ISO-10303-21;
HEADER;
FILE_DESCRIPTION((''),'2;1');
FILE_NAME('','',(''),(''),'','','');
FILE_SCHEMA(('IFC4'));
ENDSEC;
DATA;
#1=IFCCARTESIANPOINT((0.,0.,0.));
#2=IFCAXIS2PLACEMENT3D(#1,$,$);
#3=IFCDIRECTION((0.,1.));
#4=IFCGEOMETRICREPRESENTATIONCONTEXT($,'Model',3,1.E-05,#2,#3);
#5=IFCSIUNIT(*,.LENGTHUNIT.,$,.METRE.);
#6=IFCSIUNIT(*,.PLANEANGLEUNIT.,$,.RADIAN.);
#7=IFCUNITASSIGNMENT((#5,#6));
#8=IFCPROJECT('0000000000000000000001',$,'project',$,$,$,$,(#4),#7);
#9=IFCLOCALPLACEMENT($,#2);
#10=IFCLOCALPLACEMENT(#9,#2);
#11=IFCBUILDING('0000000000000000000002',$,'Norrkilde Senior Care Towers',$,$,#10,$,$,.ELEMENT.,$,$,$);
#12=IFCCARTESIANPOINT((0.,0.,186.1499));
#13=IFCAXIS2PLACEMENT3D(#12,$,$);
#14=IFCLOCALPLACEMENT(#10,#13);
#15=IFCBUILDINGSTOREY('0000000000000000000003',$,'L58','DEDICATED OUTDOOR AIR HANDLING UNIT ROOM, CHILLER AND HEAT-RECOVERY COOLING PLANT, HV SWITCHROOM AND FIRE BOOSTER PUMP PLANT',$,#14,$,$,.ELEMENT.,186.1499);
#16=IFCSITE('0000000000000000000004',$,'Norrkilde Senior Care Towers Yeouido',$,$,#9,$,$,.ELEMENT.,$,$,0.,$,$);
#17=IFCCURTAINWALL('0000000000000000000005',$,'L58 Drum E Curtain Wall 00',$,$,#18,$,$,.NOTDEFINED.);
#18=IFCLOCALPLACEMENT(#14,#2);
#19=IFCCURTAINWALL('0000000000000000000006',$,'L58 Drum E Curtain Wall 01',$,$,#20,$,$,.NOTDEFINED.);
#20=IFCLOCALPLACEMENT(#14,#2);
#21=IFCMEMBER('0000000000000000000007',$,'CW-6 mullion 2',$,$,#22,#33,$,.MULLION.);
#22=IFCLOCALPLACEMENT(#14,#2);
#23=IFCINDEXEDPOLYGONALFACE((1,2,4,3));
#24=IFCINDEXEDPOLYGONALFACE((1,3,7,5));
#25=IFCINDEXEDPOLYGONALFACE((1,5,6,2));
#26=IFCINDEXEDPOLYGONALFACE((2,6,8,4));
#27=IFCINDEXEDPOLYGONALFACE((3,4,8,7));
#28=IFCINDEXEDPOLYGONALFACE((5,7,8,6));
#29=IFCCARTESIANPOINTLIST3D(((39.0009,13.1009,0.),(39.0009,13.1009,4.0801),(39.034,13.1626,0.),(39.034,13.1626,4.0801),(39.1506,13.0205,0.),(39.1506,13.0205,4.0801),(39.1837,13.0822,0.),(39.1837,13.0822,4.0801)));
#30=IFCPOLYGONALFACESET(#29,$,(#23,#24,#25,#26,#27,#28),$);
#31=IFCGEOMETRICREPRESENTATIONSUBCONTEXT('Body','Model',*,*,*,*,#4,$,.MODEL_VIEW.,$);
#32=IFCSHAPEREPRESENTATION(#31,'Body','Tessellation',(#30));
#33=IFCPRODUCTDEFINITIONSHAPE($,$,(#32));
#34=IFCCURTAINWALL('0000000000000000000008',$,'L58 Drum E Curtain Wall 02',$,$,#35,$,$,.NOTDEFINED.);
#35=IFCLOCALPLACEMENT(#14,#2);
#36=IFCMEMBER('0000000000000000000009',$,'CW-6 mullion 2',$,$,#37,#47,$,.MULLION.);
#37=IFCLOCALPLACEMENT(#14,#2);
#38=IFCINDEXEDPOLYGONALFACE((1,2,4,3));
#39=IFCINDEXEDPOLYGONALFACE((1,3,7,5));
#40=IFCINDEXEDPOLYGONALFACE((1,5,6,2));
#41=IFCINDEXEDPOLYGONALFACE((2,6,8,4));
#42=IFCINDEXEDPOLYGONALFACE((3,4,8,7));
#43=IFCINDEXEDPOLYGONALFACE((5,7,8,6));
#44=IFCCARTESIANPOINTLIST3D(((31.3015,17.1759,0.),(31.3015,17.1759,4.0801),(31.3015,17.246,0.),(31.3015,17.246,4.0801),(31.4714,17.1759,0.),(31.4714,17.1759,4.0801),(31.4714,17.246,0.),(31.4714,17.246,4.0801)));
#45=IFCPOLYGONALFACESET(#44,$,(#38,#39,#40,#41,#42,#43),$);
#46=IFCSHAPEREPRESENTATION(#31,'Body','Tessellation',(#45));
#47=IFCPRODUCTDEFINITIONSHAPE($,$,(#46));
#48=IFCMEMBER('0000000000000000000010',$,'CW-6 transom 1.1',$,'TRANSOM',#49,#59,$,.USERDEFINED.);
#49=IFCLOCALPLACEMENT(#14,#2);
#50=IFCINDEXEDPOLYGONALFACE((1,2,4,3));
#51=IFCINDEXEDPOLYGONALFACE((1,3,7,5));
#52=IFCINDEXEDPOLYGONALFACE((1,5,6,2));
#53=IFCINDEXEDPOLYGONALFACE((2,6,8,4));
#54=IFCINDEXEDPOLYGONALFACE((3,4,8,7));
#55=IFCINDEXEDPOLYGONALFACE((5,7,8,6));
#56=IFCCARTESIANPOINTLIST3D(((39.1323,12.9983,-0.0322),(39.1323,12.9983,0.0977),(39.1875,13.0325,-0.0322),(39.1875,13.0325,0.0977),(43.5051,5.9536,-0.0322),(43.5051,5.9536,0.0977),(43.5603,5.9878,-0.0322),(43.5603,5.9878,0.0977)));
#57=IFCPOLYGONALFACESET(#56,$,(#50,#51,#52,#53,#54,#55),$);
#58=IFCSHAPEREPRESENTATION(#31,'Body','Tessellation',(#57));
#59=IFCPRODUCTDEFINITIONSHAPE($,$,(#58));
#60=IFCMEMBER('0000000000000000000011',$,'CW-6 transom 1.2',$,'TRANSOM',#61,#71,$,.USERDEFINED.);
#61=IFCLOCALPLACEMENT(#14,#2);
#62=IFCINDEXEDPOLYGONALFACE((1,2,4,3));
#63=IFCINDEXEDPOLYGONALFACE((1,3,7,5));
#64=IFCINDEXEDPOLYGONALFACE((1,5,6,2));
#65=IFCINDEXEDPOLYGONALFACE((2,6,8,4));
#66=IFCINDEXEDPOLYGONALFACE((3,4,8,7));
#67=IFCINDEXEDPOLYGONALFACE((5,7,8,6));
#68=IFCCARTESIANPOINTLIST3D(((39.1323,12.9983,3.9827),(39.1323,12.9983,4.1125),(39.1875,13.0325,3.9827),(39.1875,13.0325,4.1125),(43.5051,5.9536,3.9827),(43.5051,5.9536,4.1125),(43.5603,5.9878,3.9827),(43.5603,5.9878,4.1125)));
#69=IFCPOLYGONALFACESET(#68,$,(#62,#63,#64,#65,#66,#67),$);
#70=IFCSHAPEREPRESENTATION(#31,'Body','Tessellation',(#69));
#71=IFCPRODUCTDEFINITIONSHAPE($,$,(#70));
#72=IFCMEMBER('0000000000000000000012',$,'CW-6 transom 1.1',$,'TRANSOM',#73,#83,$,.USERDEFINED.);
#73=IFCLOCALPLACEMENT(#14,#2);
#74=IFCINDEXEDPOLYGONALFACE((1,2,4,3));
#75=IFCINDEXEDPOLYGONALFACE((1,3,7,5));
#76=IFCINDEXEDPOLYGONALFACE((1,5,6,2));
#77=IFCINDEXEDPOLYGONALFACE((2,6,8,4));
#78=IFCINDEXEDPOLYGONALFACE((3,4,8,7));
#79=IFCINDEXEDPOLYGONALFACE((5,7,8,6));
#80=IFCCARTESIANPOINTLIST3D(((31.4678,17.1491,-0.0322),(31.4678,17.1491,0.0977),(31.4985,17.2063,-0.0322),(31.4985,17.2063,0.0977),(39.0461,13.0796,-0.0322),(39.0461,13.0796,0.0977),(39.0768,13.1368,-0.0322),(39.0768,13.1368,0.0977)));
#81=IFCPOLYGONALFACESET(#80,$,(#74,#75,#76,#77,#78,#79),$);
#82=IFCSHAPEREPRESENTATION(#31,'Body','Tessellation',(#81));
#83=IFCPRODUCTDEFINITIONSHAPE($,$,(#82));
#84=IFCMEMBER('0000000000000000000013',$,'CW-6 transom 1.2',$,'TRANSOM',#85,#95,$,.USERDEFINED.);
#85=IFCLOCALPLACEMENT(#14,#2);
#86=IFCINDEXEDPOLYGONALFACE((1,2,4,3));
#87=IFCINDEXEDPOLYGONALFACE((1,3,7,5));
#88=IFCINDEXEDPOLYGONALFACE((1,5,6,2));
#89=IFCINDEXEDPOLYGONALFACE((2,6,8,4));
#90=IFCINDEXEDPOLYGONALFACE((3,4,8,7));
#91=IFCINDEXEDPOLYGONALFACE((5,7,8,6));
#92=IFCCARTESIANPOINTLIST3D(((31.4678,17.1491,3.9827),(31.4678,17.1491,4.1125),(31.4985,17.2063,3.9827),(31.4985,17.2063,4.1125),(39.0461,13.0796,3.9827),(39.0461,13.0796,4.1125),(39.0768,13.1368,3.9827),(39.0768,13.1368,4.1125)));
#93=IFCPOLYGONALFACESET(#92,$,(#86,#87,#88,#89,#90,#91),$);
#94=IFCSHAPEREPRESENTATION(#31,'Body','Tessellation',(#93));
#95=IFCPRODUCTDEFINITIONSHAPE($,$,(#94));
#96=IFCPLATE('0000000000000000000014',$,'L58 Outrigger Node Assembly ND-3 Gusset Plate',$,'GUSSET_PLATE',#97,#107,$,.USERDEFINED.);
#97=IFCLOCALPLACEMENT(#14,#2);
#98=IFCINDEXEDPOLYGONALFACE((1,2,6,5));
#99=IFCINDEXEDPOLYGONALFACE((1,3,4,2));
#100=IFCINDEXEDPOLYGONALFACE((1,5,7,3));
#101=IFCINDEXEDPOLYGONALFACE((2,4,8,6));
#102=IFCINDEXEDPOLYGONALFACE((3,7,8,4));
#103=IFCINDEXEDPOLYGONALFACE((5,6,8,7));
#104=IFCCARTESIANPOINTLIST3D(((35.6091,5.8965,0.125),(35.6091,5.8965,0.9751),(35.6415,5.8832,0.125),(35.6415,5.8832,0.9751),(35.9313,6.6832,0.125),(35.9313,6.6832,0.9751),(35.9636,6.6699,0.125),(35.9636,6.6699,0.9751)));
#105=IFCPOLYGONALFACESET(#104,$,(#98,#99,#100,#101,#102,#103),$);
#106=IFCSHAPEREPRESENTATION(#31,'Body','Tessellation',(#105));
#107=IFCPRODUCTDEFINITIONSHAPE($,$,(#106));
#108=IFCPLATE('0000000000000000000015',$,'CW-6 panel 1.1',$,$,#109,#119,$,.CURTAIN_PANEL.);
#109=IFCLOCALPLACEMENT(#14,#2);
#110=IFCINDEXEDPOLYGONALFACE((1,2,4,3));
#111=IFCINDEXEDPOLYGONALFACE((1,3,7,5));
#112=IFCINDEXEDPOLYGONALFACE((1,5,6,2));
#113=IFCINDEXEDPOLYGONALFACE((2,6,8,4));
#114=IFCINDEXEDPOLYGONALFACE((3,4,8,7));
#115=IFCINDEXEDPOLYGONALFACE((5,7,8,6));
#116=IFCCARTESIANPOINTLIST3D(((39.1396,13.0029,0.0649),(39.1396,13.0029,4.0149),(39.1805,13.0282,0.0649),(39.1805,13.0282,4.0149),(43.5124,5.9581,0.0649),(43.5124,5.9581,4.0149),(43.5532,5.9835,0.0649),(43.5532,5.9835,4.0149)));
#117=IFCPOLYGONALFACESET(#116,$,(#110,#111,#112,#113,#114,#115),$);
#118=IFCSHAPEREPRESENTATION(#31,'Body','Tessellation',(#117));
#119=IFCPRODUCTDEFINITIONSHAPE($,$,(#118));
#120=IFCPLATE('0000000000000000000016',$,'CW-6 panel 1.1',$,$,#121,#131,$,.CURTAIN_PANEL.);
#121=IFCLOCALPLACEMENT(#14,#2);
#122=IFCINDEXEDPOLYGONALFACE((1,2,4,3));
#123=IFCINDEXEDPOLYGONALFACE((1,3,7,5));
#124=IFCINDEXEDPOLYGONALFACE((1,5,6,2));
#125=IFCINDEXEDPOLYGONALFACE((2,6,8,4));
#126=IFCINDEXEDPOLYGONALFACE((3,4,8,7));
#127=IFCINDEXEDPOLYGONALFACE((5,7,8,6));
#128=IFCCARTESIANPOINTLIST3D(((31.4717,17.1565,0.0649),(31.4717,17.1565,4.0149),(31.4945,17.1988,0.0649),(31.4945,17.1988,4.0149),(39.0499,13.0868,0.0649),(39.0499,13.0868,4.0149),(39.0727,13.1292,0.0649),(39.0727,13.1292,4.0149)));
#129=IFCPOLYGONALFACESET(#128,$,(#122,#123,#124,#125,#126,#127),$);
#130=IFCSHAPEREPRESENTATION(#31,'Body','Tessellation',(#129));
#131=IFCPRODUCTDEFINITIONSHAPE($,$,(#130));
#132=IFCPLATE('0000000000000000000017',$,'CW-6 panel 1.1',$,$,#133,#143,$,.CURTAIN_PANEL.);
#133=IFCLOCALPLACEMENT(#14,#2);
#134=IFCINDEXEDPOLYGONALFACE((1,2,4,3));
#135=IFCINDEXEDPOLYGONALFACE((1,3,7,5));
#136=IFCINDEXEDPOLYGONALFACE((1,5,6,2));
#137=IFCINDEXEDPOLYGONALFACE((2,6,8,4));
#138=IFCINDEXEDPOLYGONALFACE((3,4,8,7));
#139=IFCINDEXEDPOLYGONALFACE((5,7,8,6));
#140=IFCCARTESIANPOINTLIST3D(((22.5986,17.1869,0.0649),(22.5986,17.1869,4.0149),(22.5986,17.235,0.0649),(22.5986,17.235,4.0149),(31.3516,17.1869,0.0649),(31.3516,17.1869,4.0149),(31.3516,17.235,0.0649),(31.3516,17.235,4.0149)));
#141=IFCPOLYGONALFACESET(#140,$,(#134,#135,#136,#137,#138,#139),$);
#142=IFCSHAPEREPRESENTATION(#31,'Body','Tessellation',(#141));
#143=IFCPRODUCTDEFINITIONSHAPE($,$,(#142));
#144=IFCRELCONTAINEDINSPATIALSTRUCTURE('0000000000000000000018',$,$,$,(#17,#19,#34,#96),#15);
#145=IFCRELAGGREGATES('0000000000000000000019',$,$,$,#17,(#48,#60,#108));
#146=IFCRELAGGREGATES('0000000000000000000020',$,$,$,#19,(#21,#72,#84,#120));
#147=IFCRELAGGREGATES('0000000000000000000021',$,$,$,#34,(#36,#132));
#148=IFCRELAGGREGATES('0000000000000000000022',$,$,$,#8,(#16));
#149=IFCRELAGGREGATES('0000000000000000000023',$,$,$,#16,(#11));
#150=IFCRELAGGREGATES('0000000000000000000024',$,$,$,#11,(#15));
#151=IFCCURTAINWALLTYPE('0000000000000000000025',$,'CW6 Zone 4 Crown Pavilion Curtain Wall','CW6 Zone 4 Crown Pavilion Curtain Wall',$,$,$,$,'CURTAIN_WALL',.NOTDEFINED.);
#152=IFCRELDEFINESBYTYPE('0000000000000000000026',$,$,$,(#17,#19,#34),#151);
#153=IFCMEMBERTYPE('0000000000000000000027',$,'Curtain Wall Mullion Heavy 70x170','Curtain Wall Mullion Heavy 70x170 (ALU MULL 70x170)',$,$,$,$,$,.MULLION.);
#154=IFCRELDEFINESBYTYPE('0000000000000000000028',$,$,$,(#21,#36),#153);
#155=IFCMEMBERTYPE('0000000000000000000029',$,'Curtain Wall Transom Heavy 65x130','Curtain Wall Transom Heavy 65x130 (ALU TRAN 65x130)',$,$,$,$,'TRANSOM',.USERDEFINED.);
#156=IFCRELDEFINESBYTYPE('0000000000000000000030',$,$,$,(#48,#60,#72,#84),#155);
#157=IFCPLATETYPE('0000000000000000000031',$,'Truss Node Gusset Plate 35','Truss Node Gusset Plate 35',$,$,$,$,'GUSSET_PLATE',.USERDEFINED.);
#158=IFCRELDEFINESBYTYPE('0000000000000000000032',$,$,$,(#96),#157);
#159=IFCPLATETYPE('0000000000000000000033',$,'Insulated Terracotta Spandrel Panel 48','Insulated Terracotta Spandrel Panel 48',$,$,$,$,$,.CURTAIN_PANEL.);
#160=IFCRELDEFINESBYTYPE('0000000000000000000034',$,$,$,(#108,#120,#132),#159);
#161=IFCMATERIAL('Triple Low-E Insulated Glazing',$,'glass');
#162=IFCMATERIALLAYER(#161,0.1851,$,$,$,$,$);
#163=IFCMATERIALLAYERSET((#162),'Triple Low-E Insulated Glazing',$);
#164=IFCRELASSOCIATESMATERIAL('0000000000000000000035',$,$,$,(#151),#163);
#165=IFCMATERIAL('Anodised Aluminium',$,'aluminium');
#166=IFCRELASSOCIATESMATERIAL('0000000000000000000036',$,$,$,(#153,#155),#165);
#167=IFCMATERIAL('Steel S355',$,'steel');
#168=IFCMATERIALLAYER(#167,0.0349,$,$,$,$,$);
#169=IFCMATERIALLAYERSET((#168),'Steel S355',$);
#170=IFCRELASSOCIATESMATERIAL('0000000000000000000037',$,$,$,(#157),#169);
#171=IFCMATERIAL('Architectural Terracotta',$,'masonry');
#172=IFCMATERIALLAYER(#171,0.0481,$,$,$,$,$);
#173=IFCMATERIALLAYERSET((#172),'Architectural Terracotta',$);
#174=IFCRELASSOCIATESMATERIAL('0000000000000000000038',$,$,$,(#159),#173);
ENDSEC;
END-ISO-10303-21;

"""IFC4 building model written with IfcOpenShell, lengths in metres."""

from ifc_helpers import new_model, si_unit, direction, frame, origin, origin_2d, place, context, subcontext, project, spatial, rectangle, extrude, source, transform, mapped, material, layer, layer_set, material_profile, profile_set, type_object, type_shapes, element, aggregate, save


model = new_model("IFC4")

# Units and contexts
model_context = context("Model", 3, precision=1e-05, world=origin(), true_north=direction((0.0, 1.0)))
body_context = subcontext(model_context, "Body", "Model", "MODEL_VIEW")
ifc_project = project(units=[si_unit("LENGTHUNIT", "METRE"), si_unit("PLANEANGLEUNIT", "RADIAN")], contexts=[model_context])

# Site, building, storey
site_placement = place(None, origin())
site = spatial("IfcSite", under=ifc_project, at=site_placement, Name="Norrkilde Senior Care Towers Yeouido", CompositionType="ELEMENT", RefElevation=0.0)
building_placement = place(site_placement, origin())
building = spatial("IfcBuilding", under=site, at=building_placement, Name="Norrkilde Senior Care Towers", CompositionType="ELEMENT")
storey_placement = place(building_placement, frame((0.0, 0.0, 186.1499)))
storey = spatial("IfcBuildingStorey", under=building, at=storey_placement, Name="L58", Description="DEDICATED OUTDOOR AIR HANDLING UNIT ROOM, CHILLER AND HEAT-RECOVERY COOLING PLANT, HV SWITCHROOM AND FIRE BOOSTER PUMP PLANT", CompositionType="ELEMENT", Elevation=186.1499)

# Shared definitions
ifc_material_1 = material(Name="Steel S355", Category="steel")

# Curtain wall
ifc_material_2 = material(Name="Triple Low-E Insulated Glazing", Category="glass")
ifc_layer_1 = layer(ifc_material_2, 0.1851)
ifc_layer_set_1 = layer_set([ifc_layer_1], Name="Triple Low-E Insulated Glazing")
curtain_wall_type = type_object("IfcCurtainWallType", Name="CW6 Zone 4 Crown Pavilion Curtain Wall", Description="CW6 Zone 4 Crown Pavilion Curtain Wall", ElementType="CURTAIN_WALL", PredefinedType="NOTDEFINED", material=ifc_layer_set_1)
curtain_wall_1_placement = place(storey_placement, origin())
curtain_wall_1 = element("IfcCurtainWall", 1, at=curtain_wall_1_placement, inside=storey, type_object=curtain_wall_type, Name="L58 Drum E Curtain Wall 00", PredefinedType="NOTDEFINED")
ifc_material_3 = material(Name="Anodised Aluminium", Category="aluminium")
ifc_material_profile_1 = material_profile(ifc_material_3, rectangle(XDim=0.0701, YDim=0.1699, at=origin_2d()), Name="ALU MULL 70x170")
ifc_profile_set_1 = profile_set([ifc_material_profile_1], Name="Anodised Aluminium")
member_type_1 = type_object("IfcMemberType", Name="Curtain Wall Mullion Heavy 70x170", Description="Curtain Wall Mullion Heavy 70x170 (ALU MULL 70x170)", PredefinedType="MULLION", material=ifc_profile_set_1)
shared_shape_1 = source(origin(), body_context, "Body", "SweptSolid", [
    extrude(rectangle(XDim=0.0701, YDim=0.1699, at=origin_2d()), origin(), (0.0, 0.0, 1.0), 4.0801),
])
type_shapes(member_type_1, [shared_shape_1])

# Curtain wall, member
curtain_wall_2_placement = place(storey_placement, origin())
curtain_wall_2 = element("IfcCurtainWall", 2, at=curtain_wall_2_placement, inside=storey, type_object=curtain_wall_type, Name="L58 Drum E Curtain Wall 01", PredefinedType="NOTDEFINED")
member_1_placement = place(storey_placement, frame((39.0923, 13.0916, 0.0), z_axis=(0.0, 0.0, 1.0), x_axis=(0.473117, 0.881, 0.0)))
member_1 = element("IfcMember", 3, at=member_1_placement, type_object=member_type_1, Name="CW-6 mullion 2", PredefinedType="MULLION", context=body_context, shape_type="MappedRepresentation", body=[
    mapped(shared_shape_1, transform((0.0, 0.0, 0.0), x_axis=(1.0, 0.0, 0.0), y_axis=(0.0, 1.0, 0.0), z_axis=(0.0, 0.0, 1.0), scale=1.0)),
])

# Curtain wall, member
curtain_wall_3_placement = place(storey_placement, origin())
curtain_wall_3 = element("IfcCurtainWall", 4, at=curtain_wall_3_placement, inside=storey, type_object=curtain_wall_type, Name="L58 Drum E Curtain Wall 02", PredefinedType="NOTDEFINED")
member_2_placement = place(storey_placement, frame((31.3865, 17.2109, 0.0), z_axis=(0.0, 0.0, 1.0), x_axis=(0.0, 1.0, 0.0)))
member_2 = element("IfcMember", 5, at=member_2_placement, type_object=member_type_1, Name="CW-6 mullion 2", PredefinedType="MULLION", context=body_context, shape_type="MappedRepresentation", body=[
    mapped(shared_shape_1, transform((0.0, 0.0, 0.0), x_axis=(1.0, 0.0, 0.0), y_axis=(0.0, 1.0, 0.0), z_axis=(0.0, 0.0, 1.0), scale=1.0)),
])

# Members
ifc_material_profile_2 = material_profile(ifc_material_3, rectangle(XDim=0.0649, YDim=0.1299, at=origin_2d()), Name="ALU TRAN 65x130")
ifc_profile_set_2 = profile_set([ifc_material_profile_2], Name="Anodised Aluminium")
member_type_2 = type_object("IfcMemberType", Name="Curtain Wall Transom Heavy 65x130", Description="Curtain Wall Transom Heavy 65x130 (ALU TRAN 65x130)", ElementType="TRANSOM", PredefinedType="USERDEFINED", material=ifc_profile_set_2)
shared_shape_2 = source(origin(), body_context, "Body", "SweptSolid", [
    extrude(rectangle(XDim=0.0649, YDim=0.1299, at=origin_2d()), origin(), (0.0, 0.0, 1.0), 8.2915),
])
member_3_placement = place(storey_placement, frame((39.1599, 13.0154, 0.0327), z_axis=(0.527384, -0.849627, 0.0), x_axis=(0.849627, 0.527384, 0.0)))
member_3 = element("IfcMember", 6, at=member_3_placement, type_object=member_type_2, Name="CW-6 transom 1.1", ObjectType="TRANSOM", PredefinedType="USERDEFINED", context=body_context, shape_type="MappedRepresentation", body=[
    mapped(shared_shape_2, transform((0.0, 0.0, 0.0), x_axis=(1.0, 0.0, 0.0), y_axis=(0.0, 1.0, 0.0), z_axis=(0.0, 0.0, 1.0), scale=1.0)),
])
member_4_placement = place(storey_placement, frame((39.1599, 13.0154, 4.0476), z_axis=(0.527384, -0.849627, 0.0), x_axis=(0.849627, 0.527384, 0.0)))
member_4 = element("IfcMember", 7, at=member_4_placement, type_object=member_type_2, Name="CW-6 transom 1.2", ObjectType="TRANSOM", PredefinedType="USERDEFINED", context=body_context, shape_type="MappedRepresentation", body=[
    mapped(shared_shape_2, transform((0.0, 0.0, 0.0), x_axis=(1.0, 0.0, 0.0), y_axis=(0.0, 1.0, 0.0), z_axis=(0.0, 0.0, 1.0), scale=1.0)),
])
shared_shape_3 = source(origin(), body_context, "Body", "SweptSolid", [
    extrude(rectangle(XDim=0.0649, YDim=0.1299, at=origin_2d()), origin(), (0.0, 0.0, 1.0), 8.6018),
])
type_shapes(member_type_2, [shared_shape_2, shared_shape_3])
member_5_placement = place(storey_placement, frame((31.4832, 17.1777, 0.0327), z_axis=(0.881008, -0.473101, 0.0), x_axis=(0.473101, 0.881008, 0.0)))
member_5 = element("IfcMember", 8, at=member_5_placement, type_object=member_type_2, Name="CW-6 transom 1.1", ObjectType="TRANSOM", PredefinedType="USERDEFINED", context=body_context, shape_type="MappedRepresentation", body=[
    mapped(shared_shape_3, transform((0.0, 0.0, 0.0), x_axis=(1.0, 0.0, 0.0), y_axis=(0.0, 1.0, 0.0), z_axis=(0.0, 0.0, 1.0), scale=1.0)),
])
member_6_placement = place(storey_placement, frame((31.4832, 17.1777, 4.0476), z_axis=(0.881008, -0.473101, 0.0), x_axis=(0.473101, 0.881008, 0.0)))
member_6 = element("IfcMember", 9, at=member_6_placement, type_object=member_type_2, Name="CW-6 transom 1.2", ObjectType="TRANSOM", PredefinedType="USERDEFINED", context=body_context, shape_type="MappedRepresentation", body=[
    mapped(shared_shape_3, transform((0.0, 0.0, 0.0), x_axis=(1.0, 0.0, 0.0), y_axis=(0.0, 1.0, 0.0), z_axis=(0.0, 0.0, 1.0), scale=1.0)),
])

# Plates
ifc_layer_2 = layer(ifc_material_1, 0.0349)
ifc_layer_set_2 = layer_set([ifc_layer_2], Name="Steel S355")
plate_type_1 = type_object("IfcPlateType", Name="Truss Node Gusset Plate 35", Description="Truss Node Gusset Plate 35", ElementType="GUSSET_PLATE", PredefinedType="USERDEFINED", material=ifc_layer_set_2)
shared_shape_4 = source(origin(), body_context, "Body", "SweptSolid", [
    extrude(rectangle(XDim=0.8501, YDim=0.0349, at=origin_2d()), origin(), (0.0, 0.0, 1.0), 0.8501),
])
type_shapes(plate_type_1, [shared_shape_4])
plate_1_placement = place(storey_placement, frame((35.7864, 6.2832, 0.125), z_axis=(0.0, 0.0, 1.0), x_axis=(0.37897, 0.925409, 0.0)))
element("IfcPlate", 10, at=plate_1_placement, inside=storey, type_object=plate_type_1, Name="L58 Outrigger Node Assembly ND-3 Gusset Plate", ObjectType="GUSSET_PLATE", PredefinedType="USERDEFINED", context=body_context, shape_type="MappedRepresentation", body=[
    mapped(shared_shape_4, transform((0.0, 0.0, 0.0), x_axis=(1.0, 0.0, 0.0), y_axis=(0.0, 1.0, 0.0), z_axis=(0.0, 0.0, 1.0), scale=1.0)),
])
ifc_material_4 = material(Name="Architectural Terracotta", Category="masonry")
ifc_layer_3 = layer(ifc_material_4, 0.0481)
ifc_layer_set_3 = layer_set([ifc_layer_3], Name="Architectural Terracotta")
plate_type_2 = type_object("IfcPlateType", Name="Insulated Terracotta Spandrel Panel 48", Description="Insulated Terracotta Spandrel Panel 48", PredefinedType="CURTAIN_PANEL", material=ifc_layer_set_3)
shared_shape_5 = source(origin(), body_context, "Body", "SweptSolid", [
    extrude(rectangle(XDim=8.2915, YDim=0.0481, at=origin_2d()), origin(), (0.0, 0.0, 1.0), 3.95),
])
plate_2_placement = place(storey_placement, frame((41.3464, 9.4932, 0.0649), z_axis=(0.0, 0.0, 1.0), x_axis=(0.527373, -0.849634, 0.0)))
plate_2 = element("IfcPlate", 11, at=plate_2_placement, type_object=plate_type_2, Name="CW-6 panel 1.1", PredefinedType="CURTAIN_PANEL", context=body_context, shape_type="MappedRepresentation", body=[
    mapped(shared_shape_5, transform((0.0, 0.0, 0.0), x_axis=(1.0, 0.0, 0.0), y_axis=(0.0, 1.0, 0.0), z_axis=(0.0, 0.0, 1.0), scale=1.0)),
])
aggregate(curtain_wall_1, [member_3, member_4, plate_2])
shared_shape_6 = source(origin(), body_context, "Body", "SweptSolid", [
    extrude(rectangle(XDim=8.6018, YDim=0.0481, at=origin_2d()), origin(), (0.0, 0.0, 1.0), 3.95),
])
plate_3_placement = place(storey_placement, frame((35.2722, 15.1428, 0.0649), z_axis=(0.0, 0.0, 1.0), x_axis=(0.881, -0.473117, 0.0)))
plate_3 = element("IfcPlate", 12, at=plate_3_placement, type_object=plate_type_2, Name="CW-6 panel 1.1", PredefinedType="CURTAIN_PANEL", context=body_context, shape_type="MappedRepresentation", body=[
    mapped(shared_shape_6, transform((0.0, 0.0, 0.0), x_axis=(1.0, 0.0, 0.0), y_axis=(0.0, 1.0, 0.0), z_axis=(0.0, 0.0, 1.0), scale=1.0)),
])
aggregate(curtain_wall_2, [member_1, member_5, member_6, plate_3])
shared_shape_7 = source(origin(), body_context, "Body", "SweptSolid", [
    extrude(rectangle(XDim=8.7529, YDim=0.0481, at=origin_2d()), origin(), (0.0, 0.0, 1.0), 3.95),
])
type_shapes(plate_type_2, [shared_shape_5, shared_shape_6, shared_shape_7])
plate_4_placement = place(storey_placement, frame((26.9751, 17.2109, 0.0649), z_axis=(0.0, 0.0, 1.0), x_axis=(1.0, 0.0, 0.0)))
plate_4 = element("IfcPlate", 13, at=plate_4_placement, type_object=plate_type_2, Name="CW-6 panel 1.1", PredefinedType="CURTAIN_PANEL", context=body_context, shape_type="MappedRepresentation", body=[
    mapped(shared_shape_7, transform((0.0, 0.0, 0.0), x_axis=(1.0, 0.0, 0.0), y_axis=(0.0, 1.0, 0.0), z_axis=(0.0, 0.0, 1.0), scale=1.0)),
])
aggregate(curtain_wall_3, [member_2, plate_4])

save(model, "model.ifc")
